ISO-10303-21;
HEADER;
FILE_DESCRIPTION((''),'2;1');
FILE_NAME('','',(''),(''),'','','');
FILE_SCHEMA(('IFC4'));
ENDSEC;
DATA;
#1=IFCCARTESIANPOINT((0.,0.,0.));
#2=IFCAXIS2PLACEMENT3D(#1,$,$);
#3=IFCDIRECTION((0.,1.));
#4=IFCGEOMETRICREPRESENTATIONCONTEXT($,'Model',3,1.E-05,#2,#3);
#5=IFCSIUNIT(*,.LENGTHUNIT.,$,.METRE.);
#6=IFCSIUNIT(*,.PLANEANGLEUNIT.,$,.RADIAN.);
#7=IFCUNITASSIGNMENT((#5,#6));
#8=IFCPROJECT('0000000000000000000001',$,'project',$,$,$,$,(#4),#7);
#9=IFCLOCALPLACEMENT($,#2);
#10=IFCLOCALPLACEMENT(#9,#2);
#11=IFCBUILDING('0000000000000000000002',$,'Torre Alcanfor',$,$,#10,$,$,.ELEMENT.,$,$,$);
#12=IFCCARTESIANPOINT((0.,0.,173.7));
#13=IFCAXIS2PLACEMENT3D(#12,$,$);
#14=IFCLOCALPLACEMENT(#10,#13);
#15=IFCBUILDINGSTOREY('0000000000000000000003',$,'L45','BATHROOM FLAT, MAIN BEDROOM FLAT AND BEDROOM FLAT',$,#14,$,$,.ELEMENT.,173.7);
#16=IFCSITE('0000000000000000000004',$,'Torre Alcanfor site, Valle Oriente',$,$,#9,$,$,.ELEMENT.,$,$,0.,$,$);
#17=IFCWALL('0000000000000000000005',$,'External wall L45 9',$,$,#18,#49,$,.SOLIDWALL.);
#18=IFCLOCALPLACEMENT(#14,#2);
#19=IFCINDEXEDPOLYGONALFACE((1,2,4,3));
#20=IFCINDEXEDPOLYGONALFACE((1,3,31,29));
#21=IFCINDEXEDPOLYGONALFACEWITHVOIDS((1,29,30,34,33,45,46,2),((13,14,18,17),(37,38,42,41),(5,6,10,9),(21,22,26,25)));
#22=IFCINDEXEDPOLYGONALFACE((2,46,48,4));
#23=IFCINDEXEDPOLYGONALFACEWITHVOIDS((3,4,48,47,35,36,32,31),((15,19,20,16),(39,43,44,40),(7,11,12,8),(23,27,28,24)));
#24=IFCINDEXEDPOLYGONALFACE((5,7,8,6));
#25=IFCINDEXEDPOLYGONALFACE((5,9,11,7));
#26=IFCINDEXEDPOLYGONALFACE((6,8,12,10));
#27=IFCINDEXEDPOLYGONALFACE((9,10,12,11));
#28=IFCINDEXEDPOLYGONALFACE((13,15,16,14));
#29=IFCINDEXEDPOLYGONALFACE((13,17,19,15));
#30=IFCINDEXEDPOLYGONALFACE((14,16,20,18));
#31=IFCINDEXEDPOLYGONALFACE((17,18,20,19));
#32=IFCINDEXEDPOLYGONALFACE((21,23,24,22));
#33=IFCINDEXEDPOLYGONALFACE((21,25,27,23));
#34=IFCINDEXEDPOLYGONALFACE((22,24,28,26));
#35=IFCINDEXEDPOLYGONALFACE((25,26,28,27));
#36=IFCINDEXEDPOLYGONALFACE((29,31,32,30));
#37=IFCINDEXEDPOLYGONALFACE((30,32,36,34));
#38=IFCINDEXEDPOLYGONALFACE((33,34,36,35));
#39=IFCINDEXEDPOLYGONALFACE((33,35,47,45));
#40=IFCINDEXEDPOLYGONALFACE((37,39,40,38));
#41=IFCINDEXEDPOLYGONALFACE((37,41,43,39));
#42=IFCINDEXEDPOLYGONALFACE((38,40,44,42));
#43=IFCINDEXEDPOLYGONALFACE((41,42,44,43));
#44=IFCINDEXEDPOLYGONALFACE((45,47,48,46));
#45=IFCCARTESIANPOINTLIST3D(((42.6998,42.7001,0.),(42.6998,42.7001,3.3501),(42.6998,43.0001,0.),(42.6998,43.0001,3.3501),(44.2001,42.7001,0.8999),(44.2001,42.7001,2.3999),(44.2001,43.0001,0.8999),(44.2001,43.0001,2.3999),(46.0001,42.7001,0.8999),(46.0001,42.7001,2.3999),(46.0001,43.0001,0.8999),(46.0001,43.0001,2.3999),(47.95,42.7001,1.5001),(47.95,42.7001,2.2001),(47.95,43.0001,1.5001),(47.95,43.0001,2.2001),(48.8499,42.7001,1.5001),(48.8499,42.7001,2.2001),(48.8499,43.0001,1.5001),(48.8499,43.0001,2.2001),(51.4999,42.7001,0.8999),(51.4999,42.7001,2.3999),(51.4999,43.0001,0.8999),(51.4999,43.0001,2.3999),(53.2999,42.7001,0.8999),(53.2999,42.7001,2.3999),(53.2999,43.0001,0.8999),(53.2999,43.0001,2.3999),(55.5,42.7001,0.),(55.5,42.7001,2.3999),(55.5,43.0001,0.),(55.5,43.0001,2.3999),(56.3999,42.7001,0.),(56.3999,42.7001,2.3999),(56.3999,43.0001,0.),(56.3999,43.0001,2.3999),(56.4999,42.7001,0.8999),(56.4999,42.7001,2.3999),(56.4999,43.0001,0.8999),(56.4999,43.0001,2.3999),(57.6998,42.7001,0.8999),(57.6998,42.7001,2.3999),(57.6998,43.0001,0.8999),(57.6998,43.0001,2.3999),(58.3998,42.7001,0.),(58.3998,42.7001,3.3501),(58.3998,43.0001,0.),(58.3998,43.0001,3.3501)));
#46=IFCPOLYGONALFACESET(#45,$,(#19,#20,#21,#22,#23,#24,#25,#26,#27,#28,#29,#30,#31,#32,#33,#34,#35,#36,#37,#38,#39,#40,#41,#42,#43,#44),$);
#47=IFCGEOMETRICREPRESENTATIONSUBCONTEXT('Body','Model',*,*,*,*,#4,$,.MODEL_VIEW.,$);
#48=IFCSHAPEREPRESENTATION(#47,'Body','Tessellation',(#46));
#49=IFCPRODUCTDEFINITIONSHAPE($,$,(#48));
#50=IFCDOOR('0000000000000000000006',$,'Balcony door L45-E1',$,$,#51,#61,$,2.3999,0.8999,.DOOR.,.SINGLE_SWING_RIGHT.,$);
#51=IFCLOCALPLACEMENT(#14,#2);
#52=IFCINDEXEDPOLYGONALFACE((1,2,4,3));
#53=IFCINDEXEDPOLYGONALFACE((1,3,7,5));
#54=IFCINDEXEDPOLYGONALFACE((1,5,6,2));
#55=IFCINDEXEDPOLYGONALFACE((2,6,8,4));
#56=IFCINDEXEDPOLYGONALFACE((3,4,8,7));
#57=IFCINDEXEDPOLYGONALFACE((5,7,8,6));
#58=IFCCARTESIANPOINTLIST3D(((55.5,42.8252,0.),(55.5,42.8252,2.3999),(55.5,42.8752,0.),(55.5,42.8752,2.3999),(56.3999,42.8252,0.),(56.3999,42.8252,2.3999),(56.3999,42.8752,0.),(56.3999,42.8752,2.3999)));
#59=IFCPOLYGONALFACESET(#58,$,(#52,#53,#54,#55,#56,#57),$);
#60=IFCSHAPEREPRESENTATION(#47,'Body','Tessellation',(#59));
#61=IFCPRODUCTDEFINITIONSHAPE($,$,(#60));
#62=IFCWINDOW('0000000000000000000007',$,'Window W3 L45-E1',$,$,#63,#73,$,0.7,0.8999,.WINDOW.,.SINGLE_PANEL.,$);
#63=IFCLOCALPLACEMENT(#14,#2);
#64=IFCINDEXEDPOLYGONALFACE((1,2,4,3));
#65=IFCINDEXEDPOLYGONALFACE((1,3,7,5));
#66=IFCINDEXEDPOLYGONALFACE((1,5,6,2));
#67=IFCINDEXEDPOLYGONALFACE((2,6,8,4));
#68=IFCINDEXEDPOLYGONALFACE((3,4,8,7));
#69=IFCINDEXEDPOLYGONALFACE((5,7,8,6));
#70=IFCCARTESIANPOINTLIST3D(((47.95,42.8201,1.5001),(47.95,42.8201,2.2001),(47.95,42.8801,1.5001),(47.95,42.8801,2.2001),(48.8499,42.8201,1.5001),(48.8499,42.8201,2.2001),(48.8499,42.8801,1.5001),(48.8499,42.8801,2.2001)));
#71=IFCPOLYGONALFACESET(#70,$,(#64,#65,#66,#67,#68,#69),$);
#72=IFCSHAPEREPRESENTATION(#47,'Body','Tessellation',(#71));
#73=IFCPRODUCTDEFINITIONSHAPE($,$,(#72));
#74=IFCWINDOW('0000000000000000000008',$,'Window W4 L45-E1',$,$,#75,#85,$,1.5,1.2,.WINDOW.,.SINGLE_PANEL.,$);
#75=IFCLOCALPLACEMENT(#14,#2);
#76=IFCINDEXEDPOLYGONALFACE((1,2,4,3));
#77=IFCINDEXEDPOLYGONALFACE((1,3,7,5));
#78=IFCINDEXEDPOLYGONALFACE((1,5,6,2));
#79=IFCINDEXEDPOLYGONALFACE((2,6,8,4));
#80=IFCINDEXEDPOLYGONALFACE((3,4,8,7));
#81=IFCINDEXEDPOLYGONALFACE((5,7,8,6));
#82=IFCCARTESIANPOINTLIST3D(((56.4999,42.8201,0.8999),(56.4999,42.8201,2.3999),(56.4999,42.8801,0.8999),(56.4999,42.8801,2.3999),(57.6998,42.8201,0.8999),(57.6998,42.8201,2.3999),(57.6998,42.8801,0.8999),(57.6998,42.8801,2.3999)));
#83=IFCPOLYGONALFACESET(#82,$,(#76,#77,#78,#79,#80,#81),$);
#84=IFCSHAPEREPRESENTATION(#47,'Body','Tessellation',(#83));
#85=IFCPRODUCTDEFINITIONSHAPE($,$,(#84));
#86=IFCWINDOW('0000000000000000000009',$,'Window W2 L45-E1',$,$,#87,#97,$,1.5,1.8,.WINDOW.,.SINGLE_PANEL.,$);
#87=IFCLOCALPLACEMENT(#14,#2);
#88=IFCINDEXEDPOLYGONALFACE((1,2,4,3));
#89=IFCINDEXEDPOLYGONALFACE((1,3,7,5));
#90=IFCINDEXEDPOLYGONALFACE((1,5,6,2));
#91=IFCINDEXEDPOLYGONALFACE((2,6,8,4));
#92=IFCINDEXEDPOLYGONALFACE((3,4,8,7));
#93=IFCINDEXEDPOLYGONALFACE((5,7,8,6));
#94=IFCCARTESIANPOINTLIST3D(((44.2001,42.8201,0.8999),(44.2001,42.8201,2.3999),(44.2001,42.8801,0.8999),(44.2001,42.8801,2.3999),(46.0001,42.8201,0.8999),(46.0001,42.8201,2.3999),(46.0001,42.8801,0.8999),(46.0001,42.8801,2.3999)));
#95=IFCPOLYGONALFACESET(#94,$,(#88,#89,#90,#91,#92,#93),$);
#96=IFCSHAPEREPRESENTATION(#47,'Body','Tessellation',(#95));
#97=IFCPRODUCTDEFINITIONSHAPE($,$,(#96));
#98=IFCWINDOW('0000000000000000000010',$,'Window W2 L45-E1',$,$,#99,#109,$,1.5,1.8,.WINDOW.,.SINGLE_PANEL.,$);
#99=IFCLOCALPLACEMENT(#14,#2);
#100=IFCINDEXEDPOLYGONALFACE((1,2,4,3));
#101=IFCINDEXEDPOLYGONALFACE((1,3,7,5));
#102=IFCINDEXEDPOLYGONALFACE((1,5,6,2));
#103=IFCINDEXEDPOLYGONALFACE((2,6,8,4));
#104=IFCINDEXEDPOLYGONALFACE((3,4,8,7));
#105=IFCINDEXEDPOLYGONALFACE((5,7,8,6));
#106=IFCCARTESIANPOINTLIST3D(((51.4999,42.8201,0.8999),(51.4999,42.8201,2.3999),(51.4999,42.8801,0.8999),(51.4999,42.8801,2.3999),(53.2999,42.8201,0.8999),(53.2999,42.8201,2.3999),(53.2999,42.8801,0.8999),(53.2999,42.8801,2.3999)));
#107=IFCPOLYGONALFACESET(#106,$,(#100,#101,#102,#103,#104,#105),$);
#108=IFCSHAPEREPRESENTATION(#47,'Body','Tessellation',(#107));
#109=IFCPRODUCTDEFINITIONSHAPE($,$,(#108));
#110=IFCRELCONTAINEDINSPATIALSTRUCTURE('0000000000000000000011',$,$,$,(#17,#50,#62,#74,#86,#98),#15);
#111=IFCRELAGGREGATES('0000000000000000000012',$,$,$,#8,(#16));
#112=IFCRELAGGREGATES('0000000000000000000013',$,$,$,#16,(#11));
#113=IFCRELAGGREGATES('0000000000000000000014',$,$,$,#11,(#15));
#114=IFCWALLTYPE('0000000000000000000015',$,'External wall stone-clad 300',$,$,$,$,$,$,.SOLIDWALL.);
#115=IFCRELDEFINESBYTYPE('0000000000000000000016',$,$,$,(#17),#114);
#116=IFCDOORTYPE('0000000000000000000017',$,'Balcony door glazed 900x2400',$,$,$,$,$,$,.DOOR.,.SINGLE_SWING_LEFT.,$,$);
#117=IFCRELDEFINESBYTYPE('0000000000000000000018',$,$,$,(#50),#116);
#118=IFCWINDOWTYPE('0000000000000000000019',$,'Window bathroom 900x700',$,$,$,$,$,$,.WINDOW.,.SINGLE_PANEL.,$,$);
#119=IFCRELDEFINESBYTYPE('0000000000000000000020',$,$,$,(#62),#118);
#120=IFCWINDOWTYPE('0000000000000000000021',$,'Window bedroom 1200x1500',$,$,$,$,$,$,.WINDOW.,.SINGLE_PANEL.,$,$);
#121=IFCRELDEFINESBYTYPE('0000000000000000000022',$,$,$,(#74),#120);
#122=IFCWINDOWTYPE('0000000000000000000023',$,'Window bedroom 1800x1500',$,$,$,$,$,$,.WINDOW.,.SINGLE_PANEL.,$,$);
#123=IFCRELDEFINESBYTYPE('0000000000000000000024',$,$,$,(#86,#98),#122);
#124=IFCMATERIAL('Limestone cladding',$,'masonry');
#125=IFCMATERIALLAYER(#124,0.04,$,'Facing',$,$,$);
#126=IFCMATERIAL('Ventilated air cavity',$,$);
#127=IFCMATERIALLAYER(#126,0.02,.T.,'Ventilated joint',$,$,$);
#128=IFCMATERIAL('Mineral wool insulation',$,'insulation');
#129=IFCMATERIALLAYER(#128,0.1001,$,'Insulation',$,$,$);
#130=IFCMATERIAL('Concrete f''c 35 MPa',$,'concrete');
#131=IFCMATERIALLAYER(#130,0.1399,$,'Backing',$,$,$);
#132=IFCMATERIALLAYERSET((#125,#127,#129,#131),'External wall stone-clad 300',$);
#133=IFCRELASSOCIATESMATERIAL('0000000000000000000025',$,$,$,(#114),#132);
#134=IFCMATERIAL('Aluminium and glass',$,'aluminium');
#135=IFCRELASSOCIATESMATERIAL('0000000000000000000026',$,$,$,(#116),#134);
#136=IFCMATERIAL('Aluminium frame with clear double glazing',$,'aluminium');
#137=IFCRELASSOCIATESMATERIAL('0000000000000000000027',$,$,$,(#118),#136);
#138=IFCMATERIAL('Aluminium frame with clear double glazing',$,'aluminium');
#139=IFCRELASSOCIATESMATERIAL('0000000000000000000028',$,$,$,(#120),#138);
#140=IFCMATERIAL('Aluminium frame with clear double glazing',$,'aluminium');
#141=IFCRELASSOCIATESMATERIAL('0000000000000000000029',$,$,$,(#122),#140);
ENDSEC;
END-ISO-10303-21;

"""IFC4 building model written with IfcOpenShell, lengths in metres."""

from ifc_helpers import new_model, si_unit, direction, frame, frame_2d, origin, place, context, subcontext, project, spatial, rectangle, extrude, material, layer, layer_set, type_object, element, fill, save


model = new_model("IFC4")

# Units and contexts
model_context = context("Model", 3, precision=1e-05, world=origin(), true_north=direction((0.0, 1.0)))
body_context = subcontext(model_context, "Body", "Model", "MODEL_VIEW")
ifc_project = project(units=[si_unit("LENGTHUNIT", "METRE"), si_unit("PLANEANGLEUNIT", "RADIAN")], contexts=[model_context])

# Site, building, storey
site_placement = place(None, origin())
site = spatial("IfcSite", under=ifc_project, at=site_placement, Name="Torre Alcanfor site, Valle Oriente", CompositionType="ELEMENT", RefElevation=0.0)
building_placement = place(site_placement, origin())
building = spatial("IfcBuilding", under=site, at=building_placement, Name="Torre Alcanfor", CompositionType="ELEMENT")
storey_placement = place(building_placement, frame((0.0, 0.0, 173.7)))
storey = spatial("IfcBuildingStorey", under=building, at=storey_placement, Name="L45", Description="BATHROOM FLAT, MAIN BEDROOM FLAT AND BEDROOM FLAT", CompositionType="ELEMENT", Elevation=173.7)

# Wall, openings, door, windows
ifc_material_1 = material(Name="Limestone cladding", Category="masonry")
ifc_layer_1 = layer(ifc_material_1, 0.04, Name="Facing")
ifc_material_2 = material(Name="Ventilated air cavity")
ifc_layer_2 = layer(ifc_material_2, 0.02, ventilated=True, Name="Ventilated joint")
ifc_material_3 = material(Name="Mineral wool insulation", Category="insulation")
ifc_layer_3 = layer(ifc_material_3, 0.1001, Name="Insulation")
ifc_material_4 = material(Name="Concrete f'c 35 MPa", Category="concrete")
ifc_layer_4 = layer(ifc_material_4, 0.1399, Name="Backing")
ifc_layer_set_1 = layer_set([ifc_layer_1, ifc_layer_2, ifc_layer_3, ifc_layer_4], Name="External wall stone-clad 300")
wall_type_1 = type_object("IfcWallType", Name="External wall stone-clad 300", PredefinedType="SOLIDWALL", material=ifc_layer_set_1)
wall_1_placement = place(storey_placement, frame((58.3999, 42.8501, 0.0), z_axis=(0.0, 0.0, 1.0), x_axis=(-1.0, 0.0, 0.0)))
wall_1 = element("IfcWall", 1, at=wall_1_placement, inside=storey, type_object=wall_type_1, Name="External wall L45 9", PredefinedType="SOLIDWALL", context=body_context, shape_type="SweptSolid", body=[
    extrude(rectangle(XDim=15.7, YDim=0.3, at=frame_2d((7.8501, 0.0))), origin(), (0.0, 0.0, 1.0), 3.3501),
])
opening_1_placement = place(wall_1_placement, frame((12.3999, 0.0, 0.8999)))
opening_1 = element("IfcOpeningElement", 2, at=opening_1_placement, cuts=wall_1, PredefinedType="OPENING", context=body_context, shape_type="SweptSolid", body=[
    extrude(rectangle(XDim=1.8, YDim=1.5, at=frame_2d((0.8999, 0.75))), frame((0.0, 0.1599, 0.0), z_axis=(0.0, -1.0, 0.0), x_axis=(1.0, 0.0, 0.0)), (0.0, 0.0, 1.0), 0.3201),
])
opening_2_placement = place(wall_1_placement, frame((9.55, 0.0, 1.5)))
opening_2 = element("IfcOpeningElement", 3, at=opening_2_placement, cuts=wall_1, PredefinedType="OPENING", context=body_context, shape_type="SweptSolid", body=[
    extrude(rectangle(XDim=0.8999, YDim=0.7, at=frame_2d((0.45, 0.3501))), frame((0.0, 0.1599, 0.0), z_axis=(0.0, -1.0, 0.0), x_axis=(1.0, 0.0, 0.0)), (0.0, 0.0, 1.0), 0.3201),
])
opening_3_placement = place(wall_1_placement, frame((5.1001, 0.0, 0.8999)))
opening_3 = element("IfcOpeningElement", 4, at=opening_3_placement, cuts=wall_1, PredefinedType="OPENING", context=body_context, shape_type="SweptSolid", body=[
    extrude(rectangle(XDim=1.8, YDim=1.5, at=frame_2d((0.8999, 0.75))), frame((0.0, 0.1599, 0.0), z_axis=(0.0, -1.0, 0.0), x_axis=(1.0, 0.0, 0.0)), (0.0, 0.0, 1.0), 0.3201),
])
opening_4_placement = place(wall_1_placement, frame((2.0, 0.0, 0.0)))
opening_4 = element("IfcOpeningElement", 5, at=opening_4_placement, cuts=wall_1, PredefinedType="OPENING", context=body_context, shape_type="SweptSolid", body=[
    extrude(rectangle(XDim=0.8999, YDim=2.3999, at=frame_2d((0.45, 1.2))), frame((0.0, 0.1599, 0.0), z_axis=(0.0, -1.0, 0.0), x_axis=(1.0, 0.0, 0.0)), (0.0, 0.0, 1.0), 0.3201),
])
opening_5_placement = place(wall_1_placement, frame((0.7, 0.0, 0.8999)))
opening_5 = element("IfcOpeningElement", 6, at=opening_5_placement, cuts=wall_1, PredefinedType="OPENING", context=body_context, shape_type="SweptSolid", body=[
    extrude(rectangle(XDim=1.2, YDim=1.5, at=frame_2d((0.6001, 0.75))), frame((0.0, 0.1599, 0.0), z_axis=(0.0, -1.0, 0.0), x_axis=(1.0, 0.0, 0.0)), (0.0, 0.0, 1.0), 0.3201),
])
ifc_material_5 = material(Name="Aluminium and glass", Category="aluminium")
door_type_1 = type_object("IfcDoorType", Name="Balcony door glazed 900x2400", OperationType="SINGLE_SWING_LEFT", PredefinedType="DOOR", material=ifc_material_5)
door_1_placement = place(opening_4_placement, origin())
door_1 = element("IfcDoor", 7, at=door_1_placement, inside=storey, type_object=door_type_1, Name="Balcony door L45-E1", OperationType="SINGLE_SWING_RIGHT", OverallHeight=2.3999, OverallWidth=0.8999, PredefinedType="DOOR", context=body_context, shape_type="SweptSolid", body=[
    extrude(rectangle(XDim=0.8999, YDim=2.3999, at=frame_2d((0.45, 1.2))), frame((0.0, 0.0249, 0.0), z_axis=(0.0, -1.0, 0.0), x_axis=(1.0, 0.0, 0.0)), (0.0, 0.0, 1.0), 0.05),
])
fill(opening_4, door_1)
ifc_material_6 = material(Name="Aluminium frame with clear double glazing", Category="aluminium")
window_type_1 = type_object("IfcWindowType", Name="Window bathroom 900x700", PartitioningType="SINGLE_PANEL", PredefinedType="WINDOW", material=ifc_material_6)
window_1_placement = place(opening_2_placement, origin())
window_1 = element("IfcWindow", 8, at=window_1_placement, inside=storey, type_object=window_type_1, Name="Window W3 L45-E1", OverallHeight=0.7, OverallWidth=0.8999, PartitioningType="SINGLE_PANEL", PredefinedType="WINDOW", context=body_context, shape_type="SweptSolid", body=[
    extrude(rectangle(XDim=0.8999, YDim=0.7, at=frame_2d((0.45, 0.3501))), frame((0.0, 0.03, 0.0), z_axis=(0.0, -1.0, 0.0), x_axis=(1.0, 0.0, 0.0)), (0.0, 0.0, 1.0), 0.0601),
])
fill(opening_2, window_1)
ifc_material_7 = material(Name="Aluminium frame with clear double glazing", Category="aluminium")
window_type_2 = type_object("IfcWindowType", Name="Window bedroom 1200x1500", PartitioningType="SINGLE_PANEL", PredefinedType="WINDOW", material=ifc_material_7)
window_2_placement = place(opening_5_placement, origin())
window_2 = element("IfcWindow", 9, at=window_2_placement, inside=storey, type_object=window_type_2, Name="Window W4 L45-E1", OverallHeight=1.5, OverallWidth=1.2, PartitioningType="SINGLE_PANEL", PredefinedType="WINDOW", context=body_context, shape_type="SweptSolid", body=[
    extrude(rectangle(XDim=1.2, YDim=1.5, at=frame_2d((0.6001, 0.75))), frame((0.0, 0.03, 0.0), z_axis=(0.0, -1.0, 0.0), x_axis=(1.0, 0.0, 0.0)), (0.0, 0.0, 1.0), 0.0601),
])
fill(opening_5, window_2)
ifc_material_8 = material(Name="Aluminium frame with clear double glazing", Category="aluminium")
window_type_3 = type_object("IfcWindowType", Name="Window bedroom 1800x1500", PartitioningType="SINGLE_PANEL", PredefinedType="WINDOW", material=ifc_material_8)
window_3_placement = place(opening_1_placement, origin())
window_3 = element("IfcWindow", 10, at=window_3_placement, inside=storey, type_object=window_type_3, Name="Window W2 L45-E1", OverallHeight=1.5, OverallWidth=1.8, PartitioningType="SINGLE_PANEL", PredefinedType="WINDOW", context=body_context, shape_type="SweptSolid", body=[
    extrude(rectangle(XDim=1.8, YDim=1.5, at=frame_2d((0.8999, 0.75))), frame((0.0, 0.03, 0.0), z_axis=(0.0, -1.0, 0.0), x_axis=(1.0, 0.0, 0.0)), (0.0, 0.0, 1.0), 0.0601),
])
fill(opening_1, window_3)
window_4_placement = place(opening_3_placement, origin())
window_4 = element("IfcWindow", 11, at=window_4_placement, inside=storey, type_object=window_type_3, Name="Window W2 L45-E1", OverallHeight=1.5, OverallWidth=1.8, PartitioningType="SINGLE_PANEL", PredefinedType="WINDOW", context=body_context, shape_type="SweptSolid", body=[
    extrude(rectangle(XDim=1.8, YDim=1.5, at=frame_2d((0.8999, 0.75))), frame((0.0, 0.03, 0.0), z_axis=(0.0, -1.0, 0.0), x_axis=(1.0, 0.0, 0.0)), (0.0, 0.0, 1.0), 0.0601),
])
fill(opening_3, window_4)

save(model, "model.ifc")
